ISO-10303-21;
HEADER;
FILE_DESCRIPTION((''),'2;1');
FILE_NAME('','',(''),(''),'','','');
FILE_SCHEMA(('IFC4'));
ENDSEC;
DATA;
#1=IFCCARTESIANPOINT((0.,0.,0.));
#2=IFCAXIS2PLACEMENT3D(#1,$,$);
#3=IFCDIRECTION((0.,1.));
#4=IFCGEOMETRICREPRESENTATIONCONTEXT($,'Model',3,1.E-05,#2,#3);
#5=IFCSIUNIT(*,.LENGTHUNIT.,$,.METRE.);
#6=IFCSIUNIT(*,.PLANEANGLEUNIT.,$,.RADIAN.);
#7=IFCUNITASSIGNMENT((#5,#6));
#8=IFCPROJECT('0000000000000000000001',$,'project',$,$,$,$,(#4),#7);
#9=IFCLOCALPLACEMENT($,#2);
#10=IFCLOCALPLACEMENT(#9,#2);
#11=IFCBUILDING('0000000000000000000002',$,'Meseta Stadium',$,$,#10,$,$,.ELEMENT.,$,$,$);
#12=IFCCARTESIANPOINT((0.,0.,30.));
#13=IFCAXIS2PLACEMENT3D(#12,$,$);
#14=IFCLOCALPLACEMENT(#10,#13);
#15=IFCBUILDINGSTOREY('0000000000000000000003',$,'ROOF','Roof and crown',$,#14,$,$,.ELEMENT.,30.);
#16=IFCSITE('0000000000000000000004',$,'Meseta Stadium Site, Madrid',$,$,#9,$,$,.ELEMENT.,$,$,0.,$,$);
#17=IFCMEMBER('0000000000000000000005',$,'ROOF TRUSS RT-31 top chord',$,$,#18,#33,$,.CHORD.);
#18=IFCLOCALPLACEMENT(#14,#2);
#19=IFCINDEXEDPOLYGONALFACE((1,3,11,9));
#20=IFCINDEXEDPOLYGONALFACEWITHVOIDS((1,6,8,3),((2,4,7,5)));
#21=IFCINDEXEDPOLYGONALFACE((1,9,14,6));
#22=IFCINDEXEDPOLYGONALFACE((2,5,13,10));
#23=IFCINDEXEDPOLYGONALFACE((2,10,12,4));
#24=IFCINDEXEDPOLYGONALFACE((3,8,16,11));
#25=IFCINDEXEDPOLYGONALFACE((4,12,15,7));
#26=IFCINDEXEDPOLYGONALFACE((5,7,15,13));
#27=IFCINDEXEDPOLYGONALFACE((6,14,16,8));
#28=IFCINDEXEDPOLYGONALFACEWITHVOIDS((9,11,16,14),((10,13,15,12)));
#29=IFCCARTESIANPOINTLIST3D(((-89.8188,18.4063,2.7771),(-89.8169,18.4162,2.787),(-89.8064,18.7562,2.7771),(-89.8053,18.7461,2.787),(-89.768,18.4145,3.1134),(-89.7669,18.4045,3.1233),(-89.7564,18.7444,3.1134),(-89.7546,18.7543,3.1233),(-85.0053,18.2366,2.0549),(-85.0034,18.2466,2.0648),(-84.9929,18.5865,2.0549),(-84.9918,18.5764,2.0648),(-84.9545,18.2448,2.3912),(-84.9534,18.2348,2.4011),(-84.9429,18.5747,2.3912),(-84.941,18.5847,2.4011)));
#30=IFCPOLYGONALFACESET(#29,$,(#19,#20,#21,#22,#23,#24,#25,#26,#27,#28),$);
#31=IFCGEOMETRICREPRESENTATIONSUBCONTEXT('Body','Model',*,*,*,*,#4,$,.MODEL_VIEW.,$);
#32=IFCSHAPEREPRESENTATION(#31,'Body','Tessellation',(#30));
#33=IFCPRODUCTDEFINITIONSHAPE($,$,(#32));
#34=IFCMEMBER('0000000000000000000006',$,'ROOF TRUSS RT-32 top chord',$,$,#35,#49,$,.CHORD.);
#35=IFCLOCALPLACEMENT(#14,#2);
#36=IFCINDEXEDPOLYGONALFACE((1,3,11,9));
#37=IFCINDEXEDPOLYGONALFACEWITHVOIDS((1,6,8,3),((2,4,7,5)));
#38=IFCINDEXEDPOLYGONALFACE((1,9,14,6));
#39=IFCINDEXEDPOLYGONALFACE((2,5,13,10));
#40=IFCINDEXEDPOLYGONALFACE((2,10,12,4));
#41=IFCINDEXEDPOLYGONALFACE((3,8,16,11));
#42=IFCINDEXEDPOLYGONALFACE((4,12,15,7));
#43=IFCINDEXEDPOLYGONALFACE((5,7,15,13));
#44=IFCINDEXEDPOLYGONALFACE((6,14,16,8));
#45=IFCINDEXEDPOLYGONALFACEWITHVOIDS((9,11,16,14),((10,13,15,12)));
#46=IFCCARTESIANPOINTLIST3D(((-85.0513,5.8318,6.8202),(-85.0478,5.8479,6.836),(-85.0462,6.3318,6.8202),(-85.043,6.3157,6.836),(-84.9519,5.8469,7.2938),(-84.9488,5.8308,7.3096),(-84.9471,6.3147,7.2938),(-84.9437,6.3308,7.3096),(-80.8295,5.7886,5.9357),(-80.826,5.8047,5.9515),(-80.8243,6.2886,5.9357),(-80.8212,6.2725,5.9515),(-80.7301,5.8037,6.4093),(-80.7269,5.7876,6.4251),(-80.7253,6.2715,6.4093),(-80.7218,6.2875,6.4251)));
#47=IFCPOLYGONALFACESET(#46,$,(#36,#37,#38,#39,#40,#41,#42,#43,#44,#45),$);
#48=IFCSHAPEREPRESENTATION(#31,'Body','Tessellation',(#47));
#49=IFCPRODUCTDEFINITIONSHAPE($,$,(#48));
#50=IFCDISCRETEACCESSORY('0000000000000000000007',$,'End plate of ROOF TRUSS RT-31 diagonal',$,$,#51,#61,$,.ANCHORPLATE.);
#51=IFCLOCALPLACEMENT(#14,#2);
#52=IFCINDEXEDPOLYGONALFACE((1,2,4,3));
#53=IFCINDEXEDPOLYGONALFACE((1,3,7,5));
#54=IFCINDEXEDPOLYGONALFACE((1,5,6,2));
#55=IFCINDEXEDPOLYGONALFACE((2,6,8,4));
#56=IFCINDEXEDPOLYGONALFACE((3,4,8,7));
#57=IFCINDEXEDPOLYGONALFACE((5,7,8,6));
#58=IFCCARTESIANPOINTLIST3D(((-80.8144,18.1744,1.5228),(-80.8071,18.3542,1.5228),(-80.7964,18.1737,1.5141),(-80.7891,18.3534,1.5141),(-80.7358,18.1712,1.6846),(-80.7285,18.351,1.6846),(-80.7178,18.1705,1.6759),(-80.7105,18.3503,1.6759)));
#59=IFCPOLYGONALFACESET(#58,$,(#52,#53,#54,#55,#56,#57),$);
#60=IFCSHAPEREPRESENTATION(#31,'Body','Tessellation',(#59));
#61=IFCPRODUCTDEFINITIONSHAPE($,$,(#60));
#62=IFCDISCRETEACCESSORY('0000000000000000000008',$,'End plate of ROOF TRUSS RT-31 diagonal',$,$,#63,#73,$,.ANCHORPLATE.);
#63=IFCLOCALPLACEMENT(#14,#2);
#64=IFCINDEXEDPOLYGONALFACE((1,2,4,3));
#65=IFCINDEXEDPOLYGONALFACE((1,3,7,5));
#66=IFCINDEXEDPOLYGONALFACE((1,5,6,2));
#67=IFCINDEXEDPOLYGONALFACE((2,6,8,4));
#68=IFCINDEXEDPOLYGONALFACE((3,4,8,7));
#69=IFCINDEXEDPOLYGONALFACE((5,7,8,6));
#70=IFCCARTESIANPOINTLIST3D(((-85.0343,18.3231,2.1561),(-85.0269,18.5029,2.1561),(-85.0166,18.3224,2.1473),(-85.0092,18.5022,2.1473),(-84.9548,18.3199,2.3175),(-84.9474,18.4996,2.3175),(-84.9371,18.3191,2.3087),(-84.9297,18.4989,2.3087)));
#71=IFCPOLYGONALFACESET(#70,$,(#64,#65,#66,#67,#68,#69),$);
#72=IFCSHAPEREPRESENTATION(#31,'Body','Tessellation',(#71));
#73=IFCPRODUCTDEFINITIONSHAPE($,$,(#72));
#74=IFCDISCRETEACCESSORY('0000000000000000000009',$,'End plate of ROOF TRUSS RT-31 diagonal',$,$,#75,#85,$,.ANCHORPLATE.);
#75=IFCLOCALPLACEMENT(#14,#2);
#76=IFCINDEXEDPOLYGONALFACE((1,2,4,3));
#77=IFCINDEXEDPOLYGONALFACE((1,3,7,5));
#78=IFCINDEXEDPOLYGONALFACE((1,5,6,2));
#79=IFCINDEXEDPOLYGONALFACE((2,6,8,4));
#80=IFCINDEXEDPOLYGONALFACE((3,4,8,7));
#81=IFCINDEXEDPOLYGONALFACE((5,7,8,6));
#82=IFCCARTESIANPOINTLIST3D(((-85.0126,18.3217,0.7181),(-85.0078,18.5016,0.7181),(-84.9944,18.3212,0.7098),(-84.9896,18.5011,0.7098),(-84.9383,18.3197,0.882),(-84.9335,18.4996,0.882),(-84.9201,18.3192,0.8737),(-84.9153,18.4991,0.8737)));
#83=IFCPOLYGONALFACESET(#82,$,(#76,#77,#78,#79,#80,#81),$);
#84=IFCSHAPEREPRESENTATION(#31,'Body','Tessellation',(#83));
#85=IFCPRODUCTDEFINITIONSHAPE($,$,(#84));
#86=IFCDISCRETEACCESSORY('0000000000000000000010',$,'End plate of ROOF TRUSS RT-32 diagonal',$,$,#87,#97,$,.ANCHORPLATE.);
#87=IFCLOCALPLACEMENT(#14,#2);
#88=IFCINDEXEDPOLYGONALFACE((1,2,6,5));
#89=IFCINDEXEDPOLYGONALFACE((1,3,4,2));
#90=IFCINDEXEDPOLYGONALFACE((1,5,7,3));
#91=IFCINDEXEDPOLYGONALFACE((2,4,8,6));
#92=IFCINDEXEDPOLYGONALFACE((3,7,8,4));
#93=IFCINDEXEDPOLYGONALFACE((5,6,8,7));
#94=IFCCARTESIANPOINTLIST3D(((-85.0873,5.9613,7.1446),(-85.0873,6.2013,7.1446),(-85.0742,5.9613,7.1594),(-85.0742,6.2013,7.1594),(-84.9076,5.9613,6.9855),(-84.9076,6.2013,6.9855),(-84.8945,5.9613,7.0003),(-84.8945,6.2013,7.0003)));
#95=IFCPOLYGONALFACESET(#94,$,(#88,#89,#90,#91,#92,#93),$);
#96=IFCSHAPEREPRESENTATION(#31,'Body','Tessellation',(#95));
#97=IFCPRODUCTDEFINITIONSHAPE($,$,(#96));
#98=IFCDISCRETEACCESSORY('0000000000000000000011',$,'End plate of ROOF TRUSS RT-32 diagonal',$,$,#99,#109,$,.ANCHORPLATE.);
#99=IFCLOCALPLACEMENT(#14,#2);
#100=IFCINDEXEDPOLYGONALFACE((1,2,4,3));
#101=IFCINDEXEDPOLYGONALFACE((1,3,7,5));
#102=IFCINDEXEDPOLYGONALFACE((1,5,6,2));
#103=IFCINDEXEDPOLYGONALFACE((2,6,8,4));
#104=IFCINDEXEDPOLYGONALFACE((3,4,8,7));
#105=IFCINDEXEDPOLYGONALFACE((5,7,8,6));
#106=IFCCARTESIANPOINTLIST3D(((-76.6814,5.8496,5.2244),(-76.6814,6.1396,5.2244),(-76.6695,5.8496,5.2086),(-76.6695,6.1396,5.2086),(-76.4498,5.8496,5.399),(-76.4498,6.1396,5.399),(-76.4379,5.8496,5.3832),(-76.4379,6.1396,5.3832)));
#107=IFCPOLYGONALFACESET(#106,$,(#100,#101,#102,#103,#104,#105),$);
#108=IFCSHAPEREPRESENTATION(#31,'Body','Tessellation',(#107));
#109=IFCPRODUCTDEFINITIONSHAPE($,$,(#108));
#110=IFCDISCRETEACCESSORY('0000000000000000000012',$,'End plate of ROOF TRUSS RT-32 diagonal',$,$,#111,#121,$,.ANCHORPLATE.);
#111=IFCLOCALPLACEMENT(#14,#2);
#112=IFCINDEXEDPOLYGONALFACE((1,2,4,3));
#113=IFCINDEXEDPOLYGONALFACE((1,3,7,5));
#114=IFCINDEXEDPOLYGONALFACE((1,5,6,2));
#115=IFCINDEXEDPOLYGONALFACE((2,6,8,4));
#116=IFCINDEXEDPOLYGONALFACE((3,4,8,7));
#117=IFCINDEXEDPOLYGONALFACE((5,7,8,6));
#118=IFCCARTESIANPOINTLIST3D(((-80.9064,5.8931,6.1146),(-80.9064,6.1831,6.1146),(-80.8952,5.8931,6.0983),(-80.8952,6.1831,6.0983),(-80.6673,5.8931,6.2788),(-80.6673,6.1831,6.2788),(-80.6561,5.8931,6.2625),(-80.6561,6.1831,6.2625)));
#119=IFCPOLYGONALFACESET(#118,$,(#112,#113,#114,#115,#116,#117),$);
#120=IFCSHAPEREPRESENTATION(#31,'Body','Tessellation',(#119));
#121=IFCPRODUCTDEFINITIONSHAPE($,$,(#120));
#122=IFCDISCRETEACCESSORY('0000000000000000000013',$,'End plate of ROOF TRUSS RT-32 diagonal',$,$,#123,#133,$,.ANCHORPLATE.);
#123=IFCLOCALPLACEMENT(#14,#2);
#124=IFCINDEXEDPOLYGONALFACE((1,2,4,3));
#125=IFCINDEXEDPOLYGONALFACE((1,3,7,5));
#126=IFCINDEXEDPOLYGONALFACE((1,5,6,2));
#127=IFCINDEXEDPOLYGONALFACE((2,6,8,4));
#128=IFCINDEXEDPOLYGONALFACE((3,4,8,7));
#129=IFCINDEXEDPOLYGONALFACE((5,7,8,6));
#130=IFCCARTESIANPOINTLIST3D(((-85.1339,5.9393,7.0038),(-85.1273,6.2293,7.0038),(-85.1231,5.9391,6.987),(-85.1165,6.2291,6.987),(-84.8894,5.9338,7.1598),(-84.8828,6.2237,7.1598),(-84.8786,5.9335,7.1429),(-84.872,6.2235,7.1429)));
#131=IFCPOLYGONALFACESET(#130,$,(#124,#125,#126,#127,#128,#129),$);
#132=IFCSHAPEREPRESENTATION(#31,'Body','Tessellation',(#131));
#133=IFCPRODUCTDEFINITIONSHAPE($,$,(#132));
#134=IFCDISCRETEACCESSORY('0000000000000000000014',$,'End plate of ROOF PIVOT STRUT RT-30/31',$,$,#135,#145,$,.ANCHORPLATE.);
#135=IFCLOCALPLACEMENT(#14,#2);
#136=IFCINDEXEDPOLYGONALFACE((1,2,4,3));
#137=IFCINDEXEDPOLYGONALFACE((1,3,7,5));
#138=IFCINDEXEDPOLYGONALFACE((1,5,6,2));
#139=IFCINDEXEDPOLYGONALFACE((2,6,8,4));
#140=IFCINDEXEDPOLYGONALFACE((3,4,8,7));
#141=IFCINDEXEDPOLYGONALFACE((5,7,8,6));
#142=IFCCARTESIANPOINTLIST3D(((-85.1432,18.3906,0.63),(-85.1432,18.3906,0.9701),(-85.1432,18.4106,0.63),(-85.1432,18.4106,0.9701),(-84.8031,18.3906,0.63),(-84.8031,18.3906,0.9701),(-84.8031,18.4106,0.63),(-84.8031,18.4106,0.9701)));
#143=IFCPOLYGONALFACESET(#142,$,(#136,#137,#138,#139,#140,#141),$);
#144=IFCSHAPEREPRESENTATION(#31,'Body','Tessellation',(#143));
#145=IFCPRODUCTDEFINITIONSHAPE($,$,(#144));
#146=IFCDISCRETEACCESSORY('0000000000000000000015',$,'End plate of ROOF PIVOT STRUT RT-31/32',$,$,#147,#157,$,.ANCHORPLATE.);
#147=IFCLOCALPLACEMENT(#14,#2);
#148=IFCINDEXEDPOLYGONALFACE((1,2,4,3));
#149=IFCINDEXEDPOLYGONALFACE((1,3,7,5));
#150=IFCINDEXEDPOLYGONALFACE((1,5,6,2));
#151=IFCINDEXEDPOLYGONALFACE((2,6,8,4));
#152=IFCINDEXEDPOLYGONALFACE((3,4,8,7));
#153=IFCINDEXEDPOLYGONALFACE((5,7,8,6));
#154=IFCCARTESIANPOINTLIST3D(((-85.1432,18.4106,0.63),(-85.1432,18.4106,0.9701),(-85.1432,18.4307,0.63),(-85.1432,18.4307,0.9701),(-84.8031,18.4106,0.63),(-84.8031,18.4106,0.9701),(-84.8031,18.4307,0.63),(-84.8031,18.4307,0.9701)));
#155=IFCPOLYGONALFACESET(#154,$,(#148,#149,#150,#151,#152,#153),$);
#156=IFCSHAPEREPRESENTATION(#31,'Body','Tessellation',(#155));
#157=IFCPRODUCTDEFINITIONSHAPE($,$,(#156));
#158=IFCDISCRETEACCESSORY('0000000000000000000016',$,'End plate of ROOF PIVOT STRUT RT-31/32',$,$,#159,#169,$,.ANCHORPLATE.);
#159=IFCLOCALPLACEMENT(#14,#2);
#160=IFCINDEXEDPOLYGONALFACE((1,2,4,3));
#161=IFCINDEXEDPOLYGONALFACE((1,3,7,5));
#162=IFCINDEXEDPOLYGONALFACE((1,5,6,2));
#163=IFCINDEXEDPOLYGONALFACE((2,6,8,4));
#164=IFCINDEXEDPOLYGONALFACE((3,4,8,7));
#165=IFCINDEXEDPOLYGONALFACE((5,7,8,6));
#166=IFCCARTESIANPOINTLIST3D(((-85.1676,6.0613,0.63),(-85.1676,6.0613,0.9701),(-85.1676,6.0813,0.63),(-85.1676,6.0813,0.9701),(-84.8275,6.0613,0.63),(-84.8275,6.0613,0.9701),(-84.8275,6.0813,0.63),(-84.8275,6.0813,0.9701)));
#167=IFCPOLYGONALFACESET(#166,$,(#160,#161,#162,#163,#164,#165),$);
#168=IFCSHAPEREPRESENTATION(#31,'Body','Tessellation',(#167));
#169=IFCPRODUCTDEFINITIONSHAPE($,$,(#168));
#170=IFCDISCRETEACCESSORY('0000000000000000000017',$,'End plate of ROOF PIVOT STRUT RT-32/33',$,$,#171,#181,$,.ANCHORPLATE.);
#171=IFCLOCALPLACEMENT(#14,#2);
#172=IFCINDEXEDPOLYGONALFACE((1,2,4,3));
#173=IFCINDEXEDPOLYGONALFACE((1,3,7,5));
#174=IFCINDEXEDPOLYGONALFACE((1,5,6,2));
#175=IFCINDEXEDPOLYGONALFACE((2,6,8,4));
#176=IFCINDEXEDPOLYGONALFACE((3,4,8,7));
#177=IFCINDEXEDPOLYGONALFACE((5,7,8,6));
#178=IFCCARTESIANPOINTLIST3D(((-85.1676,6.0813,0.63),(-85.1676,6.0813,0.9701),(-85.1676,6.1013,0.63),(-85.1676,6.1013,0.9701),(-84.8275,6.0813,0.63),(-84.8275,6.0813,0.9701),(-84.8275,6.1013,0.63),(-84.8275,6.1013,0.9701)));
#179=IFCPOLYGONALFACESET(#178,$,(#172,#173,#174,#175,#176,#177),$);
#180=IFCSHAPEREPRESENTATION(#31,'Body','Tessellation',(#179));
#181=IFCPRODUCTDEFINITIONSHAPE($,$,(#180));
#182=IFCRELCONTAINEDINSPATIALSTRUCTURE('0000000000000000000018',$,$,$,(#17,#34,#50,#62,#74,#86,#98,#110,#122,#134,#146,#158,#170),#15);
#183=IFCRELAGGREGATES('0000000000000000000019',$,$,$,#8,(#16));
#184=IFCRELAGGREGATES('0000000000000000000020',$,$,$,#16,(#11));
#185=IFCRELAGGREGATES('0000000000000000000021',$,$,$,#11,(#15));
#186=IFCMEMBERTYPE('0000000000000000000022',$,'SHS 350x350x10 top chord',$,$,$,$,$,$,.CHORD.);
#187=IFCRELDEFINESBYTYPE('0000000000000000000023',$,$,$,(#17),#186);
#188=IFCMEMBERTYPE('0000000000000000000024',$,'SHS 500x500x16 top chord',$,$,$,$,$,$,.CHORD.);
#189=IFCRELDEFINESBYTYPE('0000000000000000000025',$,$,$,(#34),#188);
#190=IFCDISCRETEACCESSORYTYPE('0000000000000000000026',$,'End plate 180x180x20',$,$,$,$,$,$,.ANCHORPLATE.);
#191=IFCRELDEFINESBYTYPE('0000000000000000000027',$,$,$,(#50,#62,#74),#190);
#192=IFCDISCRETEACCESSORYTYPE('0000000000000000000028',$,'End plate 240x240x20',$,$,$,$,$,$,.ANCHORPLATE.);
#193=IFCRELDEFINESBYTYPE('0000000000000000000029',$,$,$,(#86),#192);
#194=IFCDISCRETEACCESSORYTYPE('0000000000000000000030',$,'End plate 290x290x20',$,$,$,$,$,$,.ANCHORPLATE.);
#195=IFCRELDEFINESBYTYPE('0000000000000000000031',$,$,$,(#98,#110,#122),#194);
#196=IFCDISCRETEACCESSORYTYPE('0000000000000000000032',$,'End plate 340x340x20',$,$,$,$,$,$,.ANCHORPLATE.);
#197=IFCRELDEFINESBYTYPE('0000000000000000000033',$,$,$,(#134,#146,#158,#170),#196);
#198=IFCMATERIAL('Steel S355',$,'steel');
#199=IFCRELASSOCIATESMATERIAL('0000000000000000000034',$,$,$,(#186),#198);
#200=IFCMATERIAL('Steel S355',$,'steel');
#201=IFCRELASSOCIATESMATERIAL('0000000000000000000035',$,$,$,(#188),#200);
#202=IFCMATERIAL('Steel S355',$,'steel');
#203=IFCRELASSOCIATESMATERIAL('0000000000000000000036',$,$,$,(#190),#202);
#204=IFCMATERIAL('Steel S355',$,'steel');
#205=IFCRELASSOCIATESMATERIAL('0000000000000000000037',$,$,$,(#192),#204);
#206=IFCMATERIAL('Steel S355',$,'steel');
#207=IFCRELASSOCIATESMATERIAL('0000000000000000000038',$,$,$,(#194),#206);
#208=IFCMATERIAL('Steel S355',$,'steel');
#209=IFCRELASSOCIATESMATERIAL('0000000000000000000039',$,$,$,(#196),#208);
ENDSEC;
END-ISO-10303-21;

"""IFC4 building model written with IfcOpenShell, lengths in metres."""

from ifc_helpers import new_model, si_unit, direction, frame, origin, origin_2d, place, context, subcontext, project, spatial, rectangle, hollow_rectangle, extrude, material, material_profile, profile_set, type_object, element, save


model = new_model("IFC4")

# Units and contexts
model_context = context("Model", 3, precision=1e-05, world=origin(), true_north=direction((0.0, 1.0)))
body_context = subcontext(model_context, "Body", "Model", "MODEL_VIEW")
ifc_project = project(units=[si_unit("LENGTHUNIT", "METRE"), si_unit("PLANEANGLEUNIT", "RADIAN")], contexts=[model_context])

# Site, building, storey
site_placement = place(None, origin())
site = spatial("IfcSite", under=ifc_project, at=site_placement, Name="Meseta Stadium Site, Madrid", CompositionType="ELEMENT", RefElevation=0.0)
building_placement = place(site_placement, origin())
building = spatial("IfcBuilding", under=site, at=building_placement, Name="Meseta Stadium", CompositionType="ELEMENT")
storey_placement = place(building_placement, frame((0.0, 0.0, 30.0)))
storey = spatial("IfcBuildingStorey", under=building, at=storey_placement, Name="ROOF", Description="Roof and crown", CompositionType="ELEMENT", Elevation=30.0)

# Members
ifc_material_1 = material(Name="Steel S355", Category="steel")
ifc_material_profile_1 = material_profile(ifc_material_1, hollow_rectangle(XDim=0.3501, YDim=0.3501, WallThickness=0.01, at=origin_2d()), Name="SHS 350x350x10")
ifc_profile_set_1 = profile_set([ifc_material_profile_1], Name="Steel S355")
member_type_1 = type_object("IfcMemberType", Name="SHS 350x350x10 top chord", PredefinedType="CHORD", material=ifc_profile_set_1)
member_1_placement = place(storey_placement, frame((-84.9731, 18.4106, 2.228), z_axis=(-0.988332, 0.034839, 0.14828), x_axis=(-0.035229, -0.999379, 0.0)))
element("IfcMember", 1, at=member_1_placement, inside=storey, type_object=member_type_1, Name="ROOF TRUSS RT-31 top chord", PredefinedType="CHORD", context=body_context, shape_type="SweptSolid", body=[
    extrude(hollow_rectangle(XDim=0.3501, YDim=0.3501, WallThickness=0.01, at=origin_2d()), origin(), (0.0, 0.0, 1.0), 4.8704),
])
ifc_material_2 = material(Name="Steel S355", Category="steel")
ifc_material_profile_2 = material_profile(ifc_material_2, hollow_rectangle(XDim=0.5, YDim=0.5, WallThickness=0.0161, at=origin_2d()), Name="SHS 500x500x16")
ifc_profile_set_2 = profile_set([ifc_material_profile_2], Name="Steel S355")
member_type_2 = type_object("IfcMemberType", Name="SHS 500x500x16 top chord", PredefinedType="CHORD", material=ifc_profile_set_2)
member_2_placement = place(storey_placement, frame((-80.7756, 6.0381, 6.1804), z_axis=(-0.978701, 0.010017, 0.205045), x_axis=(-0.010235, -0.999948, 0.0)))
element("IfcMember", 2, at=member_2_placement, inside=storey, type_object=member_type_2, Name="ROOF TRUSS RT-32 top chord", PredefinedType="CHORD", context=body_context, shape_type="SweptSolid", body=[
    extrude(hollow_rectangle(XDim=0.5, YDim=0.5, WallThickness=0.0161, at=origin_2d()), origin(), (0.0, 0.0, 1.0), 4.3137),
])

# Discrete accessories
ifc_material_3 = material(Name="Steel S355", Category="steel")
ifc_material_profile_3 = material_profile(ifc_material_3, rectangle(XDim=0.1799, YDim=0.1799, at=origin_2d()), Name="PL 180x180")
ifc_profile_set_3 = profile_set([ifc_material_profile_3], Name="Steel S355")
discrete_accessory_type_1 = type_object("IfcDiscreteAccessoryType", Name="End plate 180x180x20", PredefinedType="ANCHORPLATE", material=ifc_profile_set_3)
discrete_accessory_1_placement = place(storey_placement, frame((-80.7534, 18.262, 1.595), z_axis=(-0.898638, 0.036431, 0.437175), x_axis=(-0.040507, -0.999179, 0.0)))
element("IfcDiscreteAccessory", 3, at=discrete_accessory_1_placement, inside=storey, type_object=discrete_accessory_type_1, Name="End plate of ROOF TRUSS RT-31 diagonal", PredefinedType="ANCHORPLATE", context=body_context, shape_type="SweptSolid", body=[
    extrude(rectangle(XDim=0.1799, YDim=0.1799, at=origin_2d()), origin(), (0.0, 0.0, 1.0), 0.02),
])
discrete_accessory_2_placement = place(storey_placement, frame((-84.9731, 18.4106, 2.228), z_axis=(-0.896262, 0.036833, 0.441992), x_axis=(-0.041061, -0.999157, 0.0)))
element("IfcDiscreteAccessory", 4, at=discrete_accessory_2_placement, inside=storey, type_object=discrete_accessory_type_1, Name="End plate of ROOF TRUSS RT-31 diagonal", PredefinedType="ANCHORPLATE", context=body_context, shape_type="SweptSolid", body=[
    extrude(rectangle(XDim=0.1799, YDim=0.1799, at=origin_2d()), origin(), (0.0, 0.0, 1.0), 0.0198),
])
discrete_accessory_3_placement = place(storey_placement, frame((-84.9548, 18.4102, 0.7917), z_axis=(-0.910513, 0.02428, 0.412766), x_axis=(-0.026657, -0.999645, 0.0)))
element("IfcDiscreteAccessory", 5, at=discrete_accessory_3_placement, inside=storey, type_object=discrete_accessory_type_1, Name="End plate of ROOF TRUSS RT-31 diagonal", PredefinedType="ANCHORPLATE", context=body_context, shape_type="SweptSolid", body=[
    extrude(rectangle(XDim=0.1799, YDim=0.1799, at=origin_2d()), origin(), (0.0, 0.0, 1.0), 0.02),
])
ifc_material_4 = material(Name="Steel S355", Category="steel")
ifc_material_profile_4 = material_profile(ifc_material_4, rectangle(XDim=0.24, YDim=0.24, at=origin_2d()), Name="PL 240x240")
ifc_profile_set_4 = profile_set([ifc_material_profile_4], Name="Steel S355")
discrete_accessory_type_2 = type_object("IfcDiscreteAccessoryType", Name="End plate 240x240x20", PredefinedType="ANCHORPLATE", material=ifc_profile_set_4)
discrete_accessory_4_placement = place(storey_placement, frame((-84.9844, 6.0813, 7.0798), z_axis=(-0.662839, 0.0, -0.748762), x_axis=(0.0, -1.0, 0.0)))
element("IfcDiscreteAccessory", 6, at=discrete_accessory_4_placement, inside=storey, type_object=discrete_accessory_type_2, Name="End plate of ROOF TRUSS RT-32 diagonal", PredefinedType="ANCHORPLATE", context=body_context, shape_type="SweptSolid", body=[
    extrude(rectangle(XDim=0.24, YDim=0.24, at=origin_2d()), origin(), (0.0, 0.0, 1.0), 0.0198),
])
ifc_material_5 = material(Name="Steel S355", Category="steel")
ifc_material_profile_5 = material_profile(ifc_material_5, rectangle(XDim=0.29, YDim=0.29, at=origin_2d()), Name="PL 290x290")
ifc_profile_set_5 = profile_set([ifc_material_profile_5], Name="Steel S355")
discrete_accessory_type_3 = type_object("IfcDiscreteAccessoryType", Name="End plate 290x290x20", PredefinedType="ANCHORPLATE", material=ifc_profile_set_5)
for number, where, z_axis, x_axis, name in (
    (7, (-76.5537, 5.9946, 5.2959), (-0.601964, 0.0, 0.798523), (0.0, -1.0, 0.0), "End plate of ROOF TRUSS RT-32 diagonal"),
    (8, (-80.7756, 6.0381, 6.1804), (-0.566007, 0.0, 0.824401), (0.0, -1.0, 0.0), "End plate of ROOF TRUSS RT-32 diagonal"),
):
    element("IfcDiscreteAccessory", number, at=place(storey_placement, frame(where, z_axis=z_axis, x_axis=x_axis)), inside=storey, type_object=discrete_accessory_type_3, Name=name, PredefinedType="ANCHORPLATE", context=body_context, shape_type="SweptSolid", body=[
        extrude(rectangle(XDim=0.29, YDim=0.29, at=origin_2d()), origin(), (0.0, 0.0, 1.0), 0.0198),
    ])
discrete_accessory_5_placement = place(storey_placement, frame((-84.9976, 6.0813, 7.0649), z_axis=(-0.537626, 0.012219, 0.843095), x_axis=(-0.022721, -0.999742, 0.0)))
element("IfcDiscreteAccessory", 9, at=discrete_accessory_5_placement, inside=storey, type_object=discrete_accessory_type_3, Name="End plate of ROOF TRUSS RT-32 diagonal", PredefinedType="ANCHORPLATE", context=body_context, shape_type="SweptSolid", body=[
    extrude(rectangle(XDim=0.29, YDim=0.29, at=origin_2d()), origin(), (0.0, 0.0, 1.0), 0.02),
])
ifc_material_6 = material(Name="Steel S355", Category="steel")
ifc_material_profile_6 = material_profile(ifc_material_6, rectangle(XDim=0.3401, YDim=0.3401, at=origin_2d()), Name="PL 340x340")
ifc_profile_set_6 = profile_set([ifc_material_profile_6], Name="Steel S355")
discrete_accessory_type_4 = type_object("IfcDiscreteAccessoryType", Name="End plate 340x340x20", PredefinedType="ANCHORPLATE", material=ifc_profile_set_6)
for number, where, z_axis, x_axis, name in (
    (10, (-84.9731, 18.4106, 0.8), (0.0, -1.0, 0.0), (1.0, 0.0, 0.0), "End plate of ROOF PIVOT STRUT RT-30/31"),
    (11, (-84.9731, 18.4307, 0.8), (0.0, -1.0, 0.0), (1.0, 0.0, 0.0), "End plate of ROOF PIVOT STRUT RT-31/32"),
    (12, (-84.9976, 6.0813, 0.8), (0.0, -1.0, 0.0), (1.0, 0.0, 0.0), "End plate of ROOF PIVOT STRUT RT-31/32"),
    (13, (-84.9976, 6.1013, 0.8), (0.0, -1.0, 0.0), (1.0, 0.0, 0.0), "End plate of ROOF PIVOT STRUT RT-32/33"),
):
    element("IfcDiscreteAccessory", number, at=place(storey_placement, frame(where, z_axis=z_axis, x_axis=x_axis)), inside=storey, type_object=discrete_accessory_type_4, Name=name, PredefinedType="ANCHORPLATE", context=body_context, shape_type="SweptSolid", body=[
        extrude(rectangle(XDim=0.3401, YDim=0.3401, at=origin_2d()), origin(), (0.0, 0.0, 1.0), 0.02),
    ])

save(model, "model.ifc")
